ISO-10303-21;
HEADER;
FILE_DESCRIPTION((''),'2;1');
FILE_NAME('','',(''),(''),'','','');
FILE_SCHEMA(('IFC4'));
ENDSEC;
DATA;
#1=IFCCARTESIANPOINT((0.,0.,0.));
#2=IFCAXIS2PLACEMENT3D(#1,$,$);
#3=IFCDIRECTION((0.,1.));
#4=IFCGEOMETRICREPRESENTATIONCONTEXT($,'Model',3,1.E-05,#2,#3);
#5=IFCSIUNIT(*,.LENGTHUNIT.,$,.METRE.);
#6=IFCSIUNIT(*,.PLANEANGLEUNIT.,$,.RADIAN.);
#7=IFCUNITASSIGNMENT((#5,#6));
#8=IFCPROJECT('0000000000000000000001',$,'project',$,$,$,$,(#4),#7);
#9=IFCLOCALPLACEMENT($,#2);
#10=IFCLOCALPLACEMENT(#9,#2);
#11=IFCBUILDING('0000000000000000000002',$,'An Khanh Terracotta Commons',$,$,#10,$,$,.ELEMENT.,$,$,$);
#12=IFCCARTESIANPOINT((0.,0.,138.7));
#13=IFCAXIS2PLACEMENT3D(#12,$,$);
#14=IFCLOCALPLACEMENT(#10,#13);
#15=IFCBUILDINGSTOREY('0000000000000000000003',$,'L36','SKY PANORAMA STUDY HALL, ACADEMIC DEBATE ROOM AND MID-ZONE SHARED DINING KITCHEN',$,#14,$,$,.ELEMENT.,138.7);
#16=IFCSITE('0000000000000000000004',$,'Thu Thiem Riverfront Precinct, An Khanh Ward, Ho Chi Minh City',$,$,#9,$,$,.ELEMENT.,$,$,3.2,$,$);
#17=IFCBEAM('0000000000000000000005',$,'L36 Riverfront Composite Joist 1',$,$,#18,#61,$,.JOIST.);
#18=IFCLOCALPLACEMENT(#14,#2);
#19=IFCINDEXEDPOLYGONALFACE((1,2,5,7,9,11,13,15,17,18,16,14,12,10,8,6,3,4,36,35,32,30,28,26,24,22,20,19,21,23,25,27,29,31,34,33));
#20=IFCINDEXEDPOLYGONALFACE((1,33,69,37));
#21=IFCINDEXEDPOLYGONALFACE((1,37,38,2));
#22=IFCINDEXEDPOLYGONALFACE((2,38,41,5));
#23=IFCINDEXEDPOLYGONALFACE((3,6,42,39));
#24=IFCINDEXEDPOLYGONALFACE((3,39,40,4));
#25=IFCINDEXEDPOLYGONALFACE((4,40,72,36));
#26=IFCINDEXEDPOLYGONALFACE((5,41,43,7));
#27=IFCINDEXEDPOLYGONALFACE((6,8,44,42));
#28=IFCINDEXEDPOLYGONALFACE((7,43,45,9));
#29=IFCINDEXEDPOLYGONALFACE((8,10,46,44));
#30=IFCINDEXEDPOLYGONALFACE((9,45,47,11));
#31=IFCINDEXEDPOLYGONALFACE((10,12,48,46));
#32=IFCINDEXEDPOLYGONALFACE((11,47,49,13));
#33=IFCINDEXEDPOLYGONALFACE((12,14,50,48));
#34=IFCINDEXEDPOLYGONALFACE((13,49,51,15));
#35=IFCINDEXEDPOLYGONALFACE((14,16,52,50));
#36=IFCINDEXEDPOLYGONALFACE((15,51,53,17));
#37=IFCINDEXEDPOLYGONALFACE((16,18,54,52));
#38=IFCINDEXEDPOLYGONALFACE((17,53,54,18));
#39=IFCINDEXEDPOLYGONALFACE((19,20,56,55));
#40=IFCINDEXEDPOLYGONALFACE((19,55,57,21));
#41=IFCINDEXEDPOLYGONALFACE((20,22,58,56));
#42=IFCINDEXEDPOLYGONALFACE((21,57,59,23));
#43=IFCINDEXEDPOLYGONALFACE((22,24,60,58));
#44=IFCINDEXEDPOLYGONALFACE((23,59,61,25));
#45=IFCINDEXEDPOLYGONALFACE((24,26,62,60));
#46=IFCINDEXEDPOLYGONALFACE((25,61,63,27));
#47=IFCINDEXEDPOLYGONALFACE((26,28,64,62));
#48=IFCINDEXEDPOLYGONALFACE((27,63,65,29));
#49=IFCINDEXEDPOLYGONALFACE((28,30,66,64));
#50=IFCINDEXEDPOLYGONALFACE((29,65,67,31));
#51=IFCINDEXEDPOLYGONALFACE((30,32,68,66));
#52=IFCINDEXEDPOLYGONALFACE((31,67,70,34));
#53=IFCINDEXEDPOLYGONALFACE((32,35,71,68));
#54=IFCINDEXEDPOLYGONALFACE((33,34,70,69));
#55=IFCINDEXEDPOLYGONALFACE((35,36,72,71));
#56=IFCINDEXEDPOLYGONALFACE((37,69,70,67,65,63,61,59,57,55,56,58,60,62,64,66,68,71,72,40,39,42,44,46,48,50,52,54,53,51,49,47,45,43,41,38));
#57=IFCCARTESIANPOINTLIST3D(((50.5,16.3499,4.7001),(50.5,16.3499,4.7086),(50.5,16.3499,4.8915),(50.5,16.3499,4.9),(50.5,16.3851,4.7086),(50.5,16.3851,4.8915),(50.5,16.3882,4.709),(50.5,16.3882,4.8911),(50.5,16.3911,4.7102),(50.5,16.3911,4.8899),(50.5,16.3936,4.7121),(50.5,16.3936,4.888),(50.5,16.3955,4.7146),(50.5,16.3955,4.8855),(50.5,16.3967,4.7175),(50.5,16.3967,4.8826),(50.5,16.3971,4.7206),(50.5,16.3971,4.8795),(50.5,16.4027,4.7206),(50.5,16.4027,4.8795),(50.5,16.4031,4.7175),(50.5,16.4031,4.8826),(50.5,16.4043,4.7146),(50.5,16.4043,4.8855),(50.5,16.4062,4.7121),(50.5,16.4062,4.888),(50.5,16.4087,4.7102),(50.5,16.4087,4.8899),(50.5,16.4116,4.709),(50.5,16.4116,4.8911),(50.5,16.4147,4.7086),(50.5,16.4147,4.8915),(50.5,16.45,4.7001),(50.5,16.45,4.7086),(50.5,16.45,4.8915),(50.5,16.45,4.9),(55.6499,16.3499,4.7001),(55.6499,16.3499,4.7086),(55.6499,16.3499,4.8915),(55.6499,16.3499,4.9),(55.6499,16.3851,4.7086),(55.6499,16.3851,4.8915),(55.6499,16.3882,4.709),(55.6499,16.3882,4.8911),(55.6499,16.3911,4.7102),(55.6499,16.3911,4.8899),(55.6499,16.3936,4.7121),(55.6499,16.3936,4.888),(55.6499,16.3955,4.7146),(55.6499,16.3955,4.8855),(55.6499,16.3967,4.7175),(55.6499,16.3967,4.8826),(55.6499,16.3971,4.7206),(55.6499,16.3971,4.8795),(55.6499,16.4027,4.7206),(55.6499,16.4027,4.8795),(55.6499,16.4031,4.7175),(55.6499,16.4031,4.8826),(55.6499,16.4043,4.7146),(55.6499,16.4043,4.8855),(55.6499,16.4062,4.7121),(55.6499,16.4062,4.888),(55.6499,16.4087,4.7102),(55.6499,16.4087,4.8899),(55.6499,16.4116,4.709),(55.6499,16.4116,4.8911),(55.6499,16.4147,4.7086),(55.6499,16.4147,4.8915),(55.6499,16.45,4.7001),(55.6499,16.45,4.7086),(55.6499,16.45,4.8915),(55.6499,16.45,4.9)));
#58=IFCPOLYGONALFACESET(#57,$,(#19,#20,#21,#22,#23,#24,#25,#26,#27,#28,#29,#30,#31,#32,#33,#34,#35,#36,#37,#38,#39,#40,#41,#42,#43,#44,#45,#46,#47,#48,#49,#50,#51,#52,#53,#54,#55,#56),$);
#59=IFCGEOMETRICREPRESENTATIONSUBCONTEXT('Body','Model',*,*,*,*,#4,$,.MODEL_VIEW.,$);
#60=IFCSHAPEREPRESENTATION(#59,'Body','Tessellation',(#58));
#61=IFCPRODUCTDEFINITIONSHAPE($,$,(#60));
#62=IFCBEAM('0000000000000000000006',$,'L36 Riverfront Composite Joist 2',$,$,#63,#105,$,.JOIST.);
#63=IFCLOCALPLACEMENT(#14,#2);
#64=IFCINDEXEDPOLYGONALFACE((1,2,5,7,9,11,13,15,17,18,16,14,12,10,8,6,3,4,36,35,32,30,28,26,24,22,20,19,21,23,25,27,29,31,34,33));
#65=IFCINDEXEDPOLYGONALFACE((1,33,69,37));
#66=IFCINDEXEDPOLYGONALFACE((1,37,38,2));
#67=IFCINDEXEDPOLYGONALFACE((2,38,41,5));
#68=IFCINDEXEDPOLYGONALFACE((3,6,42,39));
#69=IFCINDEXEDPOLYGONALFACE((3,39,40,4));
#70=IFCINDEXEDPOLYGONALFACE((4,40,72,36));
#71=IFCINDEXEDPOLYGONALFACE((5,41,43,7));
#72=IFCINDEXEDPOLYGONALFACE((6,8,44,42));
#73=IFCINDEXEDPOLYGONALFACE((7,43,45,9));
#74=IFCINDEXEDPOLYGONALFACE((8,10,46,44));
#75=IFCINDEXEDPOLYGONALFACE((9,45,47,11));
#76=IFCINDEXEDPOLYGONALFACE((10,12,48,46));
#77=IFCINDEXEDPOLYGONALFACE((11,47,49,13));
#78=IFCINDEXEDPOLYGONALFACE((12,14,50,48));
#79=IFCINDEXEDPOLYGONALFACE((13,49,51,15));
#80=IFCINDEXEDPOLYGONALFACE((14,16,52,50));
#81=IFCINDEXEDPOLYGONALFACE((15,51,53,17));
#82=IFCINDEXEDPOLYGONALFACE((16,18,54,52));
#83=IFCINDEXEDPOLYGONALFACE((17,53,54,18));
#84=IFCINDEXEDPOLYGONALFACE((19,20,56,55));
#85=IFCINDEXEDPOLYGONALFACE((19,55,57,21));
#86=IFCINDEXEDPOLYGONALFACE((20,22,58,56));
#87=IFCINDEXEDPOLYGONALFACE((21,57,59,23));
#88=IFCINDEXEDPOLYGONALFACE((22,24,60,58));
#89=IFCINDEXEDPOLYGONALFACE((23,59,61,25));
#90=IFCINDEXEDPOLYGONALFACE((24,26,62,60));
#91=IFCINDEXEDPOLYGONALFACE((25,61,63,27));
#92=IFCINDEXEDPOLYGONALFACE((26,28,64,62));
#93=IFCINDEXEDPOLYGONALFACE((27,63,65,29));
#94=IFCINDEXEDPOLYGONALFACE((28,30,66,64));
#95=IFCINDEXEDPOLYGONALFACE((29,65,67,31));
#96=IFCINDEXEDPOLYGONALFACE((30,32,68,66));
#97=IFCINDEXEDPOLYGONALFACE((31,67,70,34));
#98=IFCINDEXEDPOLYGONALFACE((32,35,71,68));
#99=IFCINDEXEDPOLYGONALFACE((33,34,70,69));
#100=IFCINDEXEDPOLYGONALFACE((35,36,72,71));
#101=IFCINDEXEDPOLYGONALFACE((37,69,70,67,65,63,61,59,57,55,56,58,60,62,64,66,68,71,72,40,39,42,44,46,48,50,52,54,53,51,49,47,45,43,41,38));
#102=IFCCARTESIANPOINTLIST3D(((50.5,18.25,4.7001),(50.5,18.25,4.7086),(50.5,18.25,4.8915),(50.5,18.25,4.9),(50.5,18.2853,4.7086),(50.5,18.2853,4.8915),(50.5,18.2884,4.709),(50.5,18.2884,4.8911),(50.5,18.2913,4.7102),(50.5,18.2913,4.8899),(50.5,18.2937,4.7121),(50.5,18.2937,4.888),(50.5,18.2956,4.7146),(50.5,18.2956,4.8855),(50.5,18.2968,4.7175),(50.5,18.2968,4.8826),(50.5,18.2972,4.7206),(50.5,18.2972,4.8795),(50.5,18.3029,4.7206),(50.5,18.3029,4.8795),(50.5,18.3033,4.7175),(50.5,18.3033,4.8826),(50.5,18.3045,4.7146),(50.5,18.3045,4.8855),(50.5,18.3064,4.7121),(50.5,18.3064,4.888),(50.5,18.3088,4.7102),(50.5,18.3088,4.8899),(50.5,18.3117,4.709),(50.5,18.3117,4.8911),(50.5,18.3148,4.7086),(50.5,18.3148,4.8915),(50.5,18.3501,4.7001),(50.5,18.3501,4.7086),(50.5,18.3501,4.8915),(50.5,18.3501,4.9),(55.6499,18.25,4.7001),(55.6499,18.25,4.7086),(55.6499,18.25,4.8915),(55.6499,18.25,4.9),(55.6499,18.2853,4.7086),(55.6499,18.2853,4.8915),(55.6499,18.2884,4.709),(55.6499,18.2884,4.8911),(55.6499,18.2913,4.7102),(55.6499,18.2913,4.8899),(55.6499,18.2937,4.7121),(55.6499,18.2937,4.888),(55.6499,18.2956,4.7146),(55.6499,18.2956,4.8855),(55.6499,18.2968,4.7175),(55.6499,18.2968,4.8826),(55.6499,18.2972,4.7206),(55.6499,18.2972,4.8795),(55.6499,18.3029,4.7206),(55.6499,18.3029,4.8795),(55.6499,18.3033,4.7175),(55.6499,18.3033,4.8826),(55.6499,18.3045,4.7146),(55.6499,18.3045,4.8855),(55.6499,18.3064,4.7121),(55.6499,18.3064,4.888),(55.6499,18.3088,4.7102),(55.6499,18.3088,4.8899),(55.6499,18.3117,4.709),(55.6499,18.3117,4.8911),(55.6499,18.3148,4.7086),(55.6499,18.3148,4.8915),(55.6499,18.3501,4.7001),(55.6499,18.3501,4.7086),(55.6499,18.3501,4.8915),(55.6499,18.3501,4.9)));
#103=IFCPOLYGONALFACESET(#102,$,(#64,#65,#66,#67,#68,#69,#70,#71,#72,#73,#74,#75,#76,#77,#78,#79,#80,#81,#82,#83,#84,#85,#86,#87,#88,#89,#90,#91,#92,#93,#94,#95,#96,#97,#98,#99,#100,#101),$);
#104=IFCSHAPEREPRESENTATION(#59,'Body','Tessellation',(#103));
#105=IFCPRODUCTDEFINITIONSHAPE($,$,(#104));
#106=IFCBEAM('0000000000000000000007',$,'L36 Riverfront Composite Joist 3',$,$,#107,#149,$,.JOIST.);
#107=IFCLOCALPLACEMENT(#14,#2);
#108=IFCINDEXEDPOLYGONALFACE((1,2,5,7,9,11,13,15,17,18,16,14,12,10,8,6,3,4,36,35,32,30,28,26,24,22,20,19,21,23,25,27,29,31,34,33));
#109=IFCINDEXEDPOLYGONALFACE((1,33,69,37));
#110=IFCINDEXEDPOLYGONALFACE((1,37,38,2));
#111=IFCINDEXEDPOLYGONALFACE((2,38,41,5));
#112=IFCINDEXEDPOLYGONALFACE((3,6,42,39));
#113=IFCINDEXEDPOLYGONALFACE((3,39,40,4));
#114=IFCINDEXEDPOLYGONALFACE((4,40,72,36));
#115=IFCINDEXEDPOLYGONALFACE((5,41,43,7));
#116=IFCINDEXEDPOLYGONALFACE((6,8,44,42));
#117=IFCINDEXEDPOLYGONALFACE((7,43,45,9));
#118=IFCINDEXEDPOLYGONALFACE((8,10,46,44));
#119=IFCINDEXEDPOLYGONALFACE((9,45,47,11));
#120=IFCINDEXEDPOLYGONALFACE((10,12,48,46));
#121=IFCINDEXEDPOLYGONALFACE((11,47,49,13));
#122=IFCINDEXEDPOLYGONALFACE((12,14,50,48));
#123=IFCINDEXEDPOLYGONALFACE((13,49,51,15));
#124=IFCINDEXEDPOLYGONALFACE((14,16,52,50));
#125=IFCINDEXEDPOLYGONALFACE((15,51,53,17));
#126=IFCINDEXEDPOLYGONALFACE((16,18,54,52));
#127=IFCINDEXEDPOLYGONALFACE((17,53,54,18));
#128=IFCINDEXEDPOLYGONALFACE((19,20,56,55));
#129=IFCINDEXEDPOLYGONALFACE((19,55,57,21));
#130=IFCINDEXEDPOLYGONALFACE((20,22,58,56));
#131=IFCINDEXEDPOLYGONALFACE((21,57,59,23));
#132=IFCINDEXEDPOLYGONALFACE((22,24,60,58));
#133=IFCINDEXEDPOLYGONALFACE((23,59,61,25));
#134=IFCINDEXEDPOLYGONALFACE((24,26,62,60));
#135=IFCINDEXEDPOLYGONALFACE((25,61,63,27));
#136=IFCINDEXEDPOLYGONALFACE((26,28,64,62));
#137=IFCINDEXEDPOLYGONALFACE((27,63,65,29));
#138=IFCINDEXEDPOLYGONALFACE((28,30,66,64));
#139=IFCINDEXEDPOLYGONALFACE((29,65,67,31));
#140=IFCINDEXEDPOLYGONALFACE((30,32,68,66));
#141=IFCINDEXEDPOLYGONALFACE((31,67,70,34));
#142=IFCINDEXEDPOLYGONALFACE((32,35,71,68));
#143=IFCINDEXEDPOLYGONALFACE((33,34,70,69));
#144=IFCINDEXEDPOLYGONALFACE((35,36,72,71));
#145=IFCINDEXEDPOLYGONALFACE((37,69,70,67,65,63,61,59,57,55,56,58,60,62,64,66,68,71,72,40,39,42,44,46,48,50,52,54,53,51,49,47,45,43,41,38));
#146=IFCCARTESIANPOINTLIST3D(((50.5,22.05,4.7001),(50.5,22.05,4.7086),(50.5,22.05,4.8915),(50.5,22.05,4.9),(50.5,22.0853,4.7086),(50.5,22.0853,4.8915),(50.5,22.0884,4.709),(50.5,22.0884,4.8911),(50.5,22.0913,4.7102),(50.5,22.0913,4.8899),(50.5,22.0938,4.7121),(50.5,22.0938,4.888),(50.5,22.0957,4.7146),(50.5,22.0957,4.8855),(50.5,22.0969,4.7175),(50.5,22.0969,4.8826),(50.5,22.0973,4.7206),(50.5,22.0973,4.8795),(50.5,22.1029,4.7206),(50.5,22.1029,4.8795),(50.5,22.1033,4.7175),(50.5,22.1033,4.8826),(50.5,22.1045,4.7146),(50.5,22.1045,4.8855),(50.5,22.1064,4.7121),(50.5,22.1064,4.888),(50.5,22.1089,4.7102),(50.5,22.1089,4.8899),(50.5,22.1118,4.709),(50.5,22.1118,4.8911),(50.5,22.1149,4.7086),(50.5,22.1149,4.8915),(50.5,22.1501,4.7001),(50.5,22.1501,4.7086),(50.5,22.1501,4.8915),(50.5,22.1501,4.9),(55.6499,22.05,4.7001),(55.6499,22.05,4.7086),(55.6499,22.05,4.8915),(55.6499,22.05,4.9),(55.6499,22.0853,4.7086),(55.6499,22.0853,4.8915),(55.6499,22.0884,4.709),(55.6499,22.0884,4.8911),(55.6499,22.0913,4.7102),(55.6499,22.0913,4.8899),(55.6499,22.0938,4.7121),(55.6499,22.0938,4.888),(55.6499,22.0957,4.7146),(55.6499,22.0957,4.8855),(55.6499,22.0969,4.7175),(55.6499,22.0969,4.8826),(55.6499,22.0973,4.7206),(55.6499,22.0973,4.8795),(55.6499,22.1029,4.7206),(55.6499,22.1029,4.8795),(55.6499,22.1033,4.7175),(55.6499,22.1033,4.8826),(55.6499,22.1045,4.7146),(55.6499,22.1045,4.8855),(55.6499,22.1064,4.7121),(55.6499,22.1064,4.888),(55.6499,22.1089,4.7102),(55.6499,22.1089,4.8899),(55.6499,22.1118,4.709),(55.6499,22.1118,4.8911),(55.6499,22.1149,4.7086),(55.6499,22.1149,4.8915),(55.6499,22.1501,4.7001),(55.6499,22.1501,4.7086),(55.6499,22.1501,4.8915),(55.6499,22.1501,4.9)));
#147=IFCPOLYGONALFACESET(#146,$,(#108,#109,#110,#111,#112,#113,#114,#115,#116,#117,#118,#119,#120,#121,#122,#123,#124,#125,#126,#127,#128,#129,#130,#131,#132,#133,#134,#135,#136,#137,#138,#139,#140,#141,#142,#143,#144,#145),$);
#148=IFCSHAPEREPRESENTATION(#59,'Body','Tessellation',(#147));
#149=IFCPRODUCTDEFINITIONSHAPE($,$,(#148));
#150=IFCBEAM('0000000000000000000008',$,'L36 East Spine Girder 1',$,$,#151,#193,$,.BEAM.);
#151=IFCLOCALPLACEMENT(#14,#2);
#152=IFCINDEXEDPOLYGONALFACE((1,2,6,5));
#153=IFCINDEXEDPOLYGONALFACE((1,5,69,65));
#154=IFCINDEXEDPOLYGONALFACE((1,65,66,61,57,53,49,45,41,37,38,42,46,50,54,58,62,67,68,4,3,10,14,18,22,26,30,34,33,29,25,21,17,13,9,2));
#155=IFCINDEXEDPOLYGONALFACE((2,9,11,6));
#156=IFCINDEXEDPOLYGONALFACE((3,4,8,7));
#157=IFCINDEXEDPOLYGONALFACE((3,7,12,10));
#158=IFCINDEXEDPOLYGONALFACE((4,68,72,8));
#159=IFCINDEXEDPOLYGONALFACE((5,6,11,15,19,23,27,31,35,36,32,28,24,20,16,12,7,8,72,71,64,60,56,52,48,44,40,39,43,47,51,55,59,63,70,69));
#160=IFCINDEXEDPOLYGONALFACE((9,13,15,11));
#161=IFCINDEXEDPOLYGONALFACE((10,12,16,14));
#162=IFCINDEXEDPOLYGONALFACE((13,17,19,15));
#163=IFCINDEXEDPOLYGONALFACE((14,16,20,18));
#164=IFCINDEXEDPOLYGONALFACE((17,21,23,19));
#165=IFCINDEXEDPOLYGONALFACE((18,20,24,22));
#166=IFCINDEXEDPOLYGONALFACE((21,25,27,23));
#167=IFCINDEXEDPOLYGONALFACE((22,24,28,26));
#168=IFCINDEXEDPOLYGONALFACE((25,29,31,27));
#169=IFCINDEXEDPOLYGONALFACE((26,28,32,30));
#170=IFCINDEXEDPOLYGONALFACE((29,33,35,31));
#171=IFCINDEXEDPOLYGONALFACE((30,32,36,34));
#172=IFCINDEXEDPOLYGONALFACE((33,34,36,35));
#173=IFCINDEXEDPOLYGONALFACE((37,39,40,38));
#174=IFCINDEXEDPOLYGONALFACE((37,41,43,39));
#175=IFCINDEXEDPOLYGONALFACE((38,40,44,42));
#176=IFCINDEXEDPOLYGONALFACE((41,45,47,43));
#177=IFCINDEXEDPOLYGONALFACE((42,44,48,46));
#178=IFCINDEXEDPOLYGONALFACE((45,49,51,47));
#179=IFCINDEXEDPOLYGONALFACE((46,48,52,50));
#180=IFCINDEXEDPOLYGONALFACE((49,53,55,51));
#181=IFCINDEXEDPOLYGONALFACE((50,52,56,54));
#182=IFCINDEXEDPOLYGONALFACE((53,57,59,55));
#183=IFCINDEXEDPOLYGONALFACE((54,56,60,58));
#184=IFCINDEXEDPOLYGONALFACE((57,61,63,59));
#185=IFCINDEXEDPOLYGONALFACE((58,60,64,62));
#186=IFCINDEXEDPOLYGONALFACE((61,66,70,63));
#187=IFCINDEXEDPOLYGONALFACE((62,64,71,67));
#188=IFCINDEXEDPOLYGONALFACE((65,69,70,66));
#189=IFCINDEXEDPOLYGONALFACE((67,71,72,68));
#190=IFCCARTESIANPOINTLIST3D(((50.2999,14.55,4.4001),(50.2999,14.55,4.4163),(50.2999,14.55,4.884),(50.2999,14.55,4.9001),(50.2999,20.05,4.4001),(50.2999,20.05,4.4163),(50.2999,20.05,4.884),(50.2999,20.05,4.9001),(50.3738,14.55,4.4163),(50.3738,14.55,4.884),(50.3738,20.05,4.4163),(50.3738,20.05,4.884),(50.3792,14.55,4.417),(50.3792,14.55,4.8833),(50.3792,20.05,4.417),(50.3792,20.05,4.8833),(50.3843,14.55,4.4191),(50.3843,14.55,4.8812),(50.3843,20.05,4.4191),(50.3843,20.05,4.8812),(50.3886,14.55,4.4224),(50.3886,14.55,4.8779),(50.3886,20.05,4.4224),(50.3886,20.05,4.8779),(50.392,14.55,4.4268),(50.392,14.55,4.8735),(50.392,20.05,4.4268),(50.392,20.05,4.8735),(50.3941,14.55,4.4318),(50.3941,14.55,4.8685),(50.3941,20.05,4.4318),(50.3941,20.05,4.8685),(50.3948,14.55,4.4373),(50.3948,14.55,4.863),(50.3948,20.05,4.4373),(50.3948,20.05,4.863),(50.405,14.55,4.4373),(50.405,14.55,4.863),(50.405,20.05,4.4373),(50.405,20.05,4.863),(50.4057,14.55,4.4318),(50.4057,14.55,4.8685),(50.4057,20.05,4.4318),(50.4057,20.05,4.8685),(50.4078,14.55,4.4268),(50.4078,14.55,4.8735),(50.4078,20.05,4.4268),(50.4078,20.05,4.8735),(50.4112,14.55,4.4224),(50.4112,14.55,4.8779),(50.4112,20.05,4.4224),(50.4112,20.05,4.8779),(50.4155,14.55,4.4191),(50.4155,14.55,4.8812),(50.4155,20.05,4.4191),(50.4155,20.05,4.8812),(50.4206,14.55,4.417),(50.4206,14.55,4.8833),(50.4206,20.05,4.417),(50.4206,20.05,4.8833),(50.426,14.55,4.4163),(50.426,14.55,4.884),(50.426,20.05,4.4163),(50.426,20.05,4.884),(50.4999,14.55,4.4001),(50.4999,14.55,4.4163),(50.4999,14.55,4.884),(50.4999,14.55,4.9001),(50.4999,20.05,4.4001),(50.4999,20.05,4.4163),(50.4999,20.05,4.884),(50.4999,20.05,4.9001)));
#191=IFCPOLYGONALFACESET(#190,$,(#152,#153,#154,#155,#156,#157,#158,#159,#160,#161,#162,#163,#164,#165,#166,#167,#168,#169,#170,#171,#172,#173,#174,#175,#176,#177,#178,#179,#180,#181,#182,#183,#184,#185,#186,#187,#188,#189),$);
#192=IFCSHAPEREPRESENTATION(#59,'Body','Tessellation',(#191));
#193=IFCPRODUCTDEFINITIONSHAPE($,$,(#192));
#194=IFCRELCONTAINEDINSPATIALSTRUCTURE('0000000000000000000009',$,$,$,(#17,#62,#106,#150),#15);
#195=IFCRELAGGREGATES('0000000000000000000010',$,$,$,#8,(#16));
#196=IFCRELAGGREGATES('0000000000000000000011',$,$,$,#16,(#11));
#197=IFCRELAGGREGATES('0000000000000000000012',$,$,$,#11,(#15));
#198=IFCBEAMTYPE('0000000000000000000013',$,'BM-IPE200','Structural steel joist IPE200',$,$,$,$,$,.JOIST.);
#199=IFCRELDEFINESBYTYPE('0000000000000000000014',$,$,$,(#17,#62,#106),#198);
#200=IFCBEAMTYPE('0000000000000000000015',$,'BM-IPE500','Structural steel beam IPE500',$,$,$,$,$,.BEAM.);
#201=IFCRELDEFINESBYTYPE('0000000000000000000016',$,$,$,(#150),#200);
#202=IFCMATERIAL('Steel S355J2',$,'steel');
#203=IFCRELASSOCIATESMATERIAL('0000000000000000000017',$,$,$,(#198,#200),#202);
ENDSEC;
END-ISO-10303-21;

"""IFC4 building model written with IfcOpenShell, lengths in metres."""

from ifc_helpers import new_model, si_unit, direction, frame, origin, origin_2d, place, context, subcontext, project, spatial, i_section, extrude, material, material_profile, profile_set, type_object, element, save


model = new_model("IFC4")

# Units and contexts
model_context = context("Model", 3, precision=1e-05, world=origin(), true_north=direction((0.0, 1.0)))
body_context = subcontext(model_context, "Body", "Model", "MODEL_VIEW")
ifc_project = project(units=[si_unit("LENGTHUNIT", "METRE"), si_unit("PLANEANGLEUNIT", "RADIAN")], contexts=[model_context])

# Site, building, storey
site_placement = place(None, origin())
site = spatial("IfcSite", under=ifc_project, at=site_placement, Name="Thu Thiem Riverfront Precinct, An Khanh Ward, Ho Chi Minh City", CompositionType="ELEMENT", RefElevation=3.2)
building_placement = place(site_placement, origin())
building = spatial("IfcBuilding", under=site, at=building_placement, Name="An Khanh Terracotta Commons", CompositionType="ELEMENT")
storey_placement = place(building_placement, frame((0.0, 0.0, 138.7)))
storey = spatial("IfcBuildingStorey", under=building, at=storey_placement, Name="L36", Description="SKY PANORAMA STUDY HALL, ACADEMIC DEBATE ROOM AND MID-ZONE SHARED DINING KITCHEN", CompositionType="ELEMENT", Elevation=138.7)

# Beams
ifc_material_1 = material(Name="Steel S355J2", Category="steel")
ifc_material_profile_1 = material_profile(ifc_material_1, i_section(OverallWidth=0.1001, OverallDepth=0.2, WebThickness=0.0056, FlangeThickness=0.0085, FilletRadius=0.012, at=origin_2d()), Name="IPE200")
ifc_profile_set_1 = profile_set([ifc_material_profile_1], Name="Steel S355J2")
beam_type_1 = type_object("IfcBeamType", Name="BM-IPE200", Description="Structural steel joist IPE200", PredefinedType="JOIST", material=ifc_profile_set_1)
for number, where, z_axis, x_axis, name in (
    (1, (50.5, 16.3999, 4.8), (1.0, 0.0, 0.0), (0.0, 1.0, 0.0), "L36 Riverfront Composite Joist 1"),
    (2, (50.5, 18.3, 4.8), (1.0, 0.0, 0.0), (0.0, 1.0, 0.0), "L36 Riverfront Composite Joist 2"),
    (3, (50.5, 22.1001, 4.8), (1.0, 0.0, 0.0), (0.0, 1.0, 0.0), "L36 Riverfront Composite Joist 3"),
):
    element("IfcBeam", number, at=place(storey_placement, frame(where, z_axis=z_axis, x_axis=x_axis)), inside=storey, type_object=beam_type_1, Name=name, PredefinedType="JOIST", context=body_context, shape_type="SweptSolid", body=[
        extrude(i_section(OverallWidth=0.1001, OverallDepth=0.2, WebThickness=0.0056, FlangeThickness=0.0085, FilletRadius=0.012, at=origin_2d()), origin(), (0.0, 0.0, 1.0), 5.1499),
    ])
ifc_material_profile_2 = material_profile(ifc_material_1, i_section(OverallWidth=0.2, OverallDepth=0.5, WebThickness=0.0103, FlangeThickness=0.0161, FilletRadius=0.021, at=origin_2d()), Name="IPE500")
ifc_profile_set_2 = profile_set([ifc_material_profile_2], Name="Steel S355J2")
beam_type_2 = type_object("IfcBeamType", Name="BM-IPE500", Description="Structural steel beam IPE500", PredefinedType="BEAM", material=ifc_profile_set_2)
beam_1_placement = place(storey_placement, frame((50.3999, 14.55, 4.6501), z_axis=(0.0, 1.0, 0.0), x_axis=(-1.0, 0.0, 0.0)))
element("IfcBeam", 4, at=beam_1_placement, inside=storey, type_object=beam_type_2, Name="L36 East Spine Girder 1", PredefinedType="BEAM", context=body_context, shape_type="SweptSolid", body=[
    extrude(i_section(OverallWidth=0.2, OverallDepth=0.5, WebThickness=0.0103, FlangeThickness=0.0161, FilletRadius=0.021, at=origin_2d()), origin(), (0.0, 0.0, 1.0), 5.5),
])

save(model, "model.ifc")
